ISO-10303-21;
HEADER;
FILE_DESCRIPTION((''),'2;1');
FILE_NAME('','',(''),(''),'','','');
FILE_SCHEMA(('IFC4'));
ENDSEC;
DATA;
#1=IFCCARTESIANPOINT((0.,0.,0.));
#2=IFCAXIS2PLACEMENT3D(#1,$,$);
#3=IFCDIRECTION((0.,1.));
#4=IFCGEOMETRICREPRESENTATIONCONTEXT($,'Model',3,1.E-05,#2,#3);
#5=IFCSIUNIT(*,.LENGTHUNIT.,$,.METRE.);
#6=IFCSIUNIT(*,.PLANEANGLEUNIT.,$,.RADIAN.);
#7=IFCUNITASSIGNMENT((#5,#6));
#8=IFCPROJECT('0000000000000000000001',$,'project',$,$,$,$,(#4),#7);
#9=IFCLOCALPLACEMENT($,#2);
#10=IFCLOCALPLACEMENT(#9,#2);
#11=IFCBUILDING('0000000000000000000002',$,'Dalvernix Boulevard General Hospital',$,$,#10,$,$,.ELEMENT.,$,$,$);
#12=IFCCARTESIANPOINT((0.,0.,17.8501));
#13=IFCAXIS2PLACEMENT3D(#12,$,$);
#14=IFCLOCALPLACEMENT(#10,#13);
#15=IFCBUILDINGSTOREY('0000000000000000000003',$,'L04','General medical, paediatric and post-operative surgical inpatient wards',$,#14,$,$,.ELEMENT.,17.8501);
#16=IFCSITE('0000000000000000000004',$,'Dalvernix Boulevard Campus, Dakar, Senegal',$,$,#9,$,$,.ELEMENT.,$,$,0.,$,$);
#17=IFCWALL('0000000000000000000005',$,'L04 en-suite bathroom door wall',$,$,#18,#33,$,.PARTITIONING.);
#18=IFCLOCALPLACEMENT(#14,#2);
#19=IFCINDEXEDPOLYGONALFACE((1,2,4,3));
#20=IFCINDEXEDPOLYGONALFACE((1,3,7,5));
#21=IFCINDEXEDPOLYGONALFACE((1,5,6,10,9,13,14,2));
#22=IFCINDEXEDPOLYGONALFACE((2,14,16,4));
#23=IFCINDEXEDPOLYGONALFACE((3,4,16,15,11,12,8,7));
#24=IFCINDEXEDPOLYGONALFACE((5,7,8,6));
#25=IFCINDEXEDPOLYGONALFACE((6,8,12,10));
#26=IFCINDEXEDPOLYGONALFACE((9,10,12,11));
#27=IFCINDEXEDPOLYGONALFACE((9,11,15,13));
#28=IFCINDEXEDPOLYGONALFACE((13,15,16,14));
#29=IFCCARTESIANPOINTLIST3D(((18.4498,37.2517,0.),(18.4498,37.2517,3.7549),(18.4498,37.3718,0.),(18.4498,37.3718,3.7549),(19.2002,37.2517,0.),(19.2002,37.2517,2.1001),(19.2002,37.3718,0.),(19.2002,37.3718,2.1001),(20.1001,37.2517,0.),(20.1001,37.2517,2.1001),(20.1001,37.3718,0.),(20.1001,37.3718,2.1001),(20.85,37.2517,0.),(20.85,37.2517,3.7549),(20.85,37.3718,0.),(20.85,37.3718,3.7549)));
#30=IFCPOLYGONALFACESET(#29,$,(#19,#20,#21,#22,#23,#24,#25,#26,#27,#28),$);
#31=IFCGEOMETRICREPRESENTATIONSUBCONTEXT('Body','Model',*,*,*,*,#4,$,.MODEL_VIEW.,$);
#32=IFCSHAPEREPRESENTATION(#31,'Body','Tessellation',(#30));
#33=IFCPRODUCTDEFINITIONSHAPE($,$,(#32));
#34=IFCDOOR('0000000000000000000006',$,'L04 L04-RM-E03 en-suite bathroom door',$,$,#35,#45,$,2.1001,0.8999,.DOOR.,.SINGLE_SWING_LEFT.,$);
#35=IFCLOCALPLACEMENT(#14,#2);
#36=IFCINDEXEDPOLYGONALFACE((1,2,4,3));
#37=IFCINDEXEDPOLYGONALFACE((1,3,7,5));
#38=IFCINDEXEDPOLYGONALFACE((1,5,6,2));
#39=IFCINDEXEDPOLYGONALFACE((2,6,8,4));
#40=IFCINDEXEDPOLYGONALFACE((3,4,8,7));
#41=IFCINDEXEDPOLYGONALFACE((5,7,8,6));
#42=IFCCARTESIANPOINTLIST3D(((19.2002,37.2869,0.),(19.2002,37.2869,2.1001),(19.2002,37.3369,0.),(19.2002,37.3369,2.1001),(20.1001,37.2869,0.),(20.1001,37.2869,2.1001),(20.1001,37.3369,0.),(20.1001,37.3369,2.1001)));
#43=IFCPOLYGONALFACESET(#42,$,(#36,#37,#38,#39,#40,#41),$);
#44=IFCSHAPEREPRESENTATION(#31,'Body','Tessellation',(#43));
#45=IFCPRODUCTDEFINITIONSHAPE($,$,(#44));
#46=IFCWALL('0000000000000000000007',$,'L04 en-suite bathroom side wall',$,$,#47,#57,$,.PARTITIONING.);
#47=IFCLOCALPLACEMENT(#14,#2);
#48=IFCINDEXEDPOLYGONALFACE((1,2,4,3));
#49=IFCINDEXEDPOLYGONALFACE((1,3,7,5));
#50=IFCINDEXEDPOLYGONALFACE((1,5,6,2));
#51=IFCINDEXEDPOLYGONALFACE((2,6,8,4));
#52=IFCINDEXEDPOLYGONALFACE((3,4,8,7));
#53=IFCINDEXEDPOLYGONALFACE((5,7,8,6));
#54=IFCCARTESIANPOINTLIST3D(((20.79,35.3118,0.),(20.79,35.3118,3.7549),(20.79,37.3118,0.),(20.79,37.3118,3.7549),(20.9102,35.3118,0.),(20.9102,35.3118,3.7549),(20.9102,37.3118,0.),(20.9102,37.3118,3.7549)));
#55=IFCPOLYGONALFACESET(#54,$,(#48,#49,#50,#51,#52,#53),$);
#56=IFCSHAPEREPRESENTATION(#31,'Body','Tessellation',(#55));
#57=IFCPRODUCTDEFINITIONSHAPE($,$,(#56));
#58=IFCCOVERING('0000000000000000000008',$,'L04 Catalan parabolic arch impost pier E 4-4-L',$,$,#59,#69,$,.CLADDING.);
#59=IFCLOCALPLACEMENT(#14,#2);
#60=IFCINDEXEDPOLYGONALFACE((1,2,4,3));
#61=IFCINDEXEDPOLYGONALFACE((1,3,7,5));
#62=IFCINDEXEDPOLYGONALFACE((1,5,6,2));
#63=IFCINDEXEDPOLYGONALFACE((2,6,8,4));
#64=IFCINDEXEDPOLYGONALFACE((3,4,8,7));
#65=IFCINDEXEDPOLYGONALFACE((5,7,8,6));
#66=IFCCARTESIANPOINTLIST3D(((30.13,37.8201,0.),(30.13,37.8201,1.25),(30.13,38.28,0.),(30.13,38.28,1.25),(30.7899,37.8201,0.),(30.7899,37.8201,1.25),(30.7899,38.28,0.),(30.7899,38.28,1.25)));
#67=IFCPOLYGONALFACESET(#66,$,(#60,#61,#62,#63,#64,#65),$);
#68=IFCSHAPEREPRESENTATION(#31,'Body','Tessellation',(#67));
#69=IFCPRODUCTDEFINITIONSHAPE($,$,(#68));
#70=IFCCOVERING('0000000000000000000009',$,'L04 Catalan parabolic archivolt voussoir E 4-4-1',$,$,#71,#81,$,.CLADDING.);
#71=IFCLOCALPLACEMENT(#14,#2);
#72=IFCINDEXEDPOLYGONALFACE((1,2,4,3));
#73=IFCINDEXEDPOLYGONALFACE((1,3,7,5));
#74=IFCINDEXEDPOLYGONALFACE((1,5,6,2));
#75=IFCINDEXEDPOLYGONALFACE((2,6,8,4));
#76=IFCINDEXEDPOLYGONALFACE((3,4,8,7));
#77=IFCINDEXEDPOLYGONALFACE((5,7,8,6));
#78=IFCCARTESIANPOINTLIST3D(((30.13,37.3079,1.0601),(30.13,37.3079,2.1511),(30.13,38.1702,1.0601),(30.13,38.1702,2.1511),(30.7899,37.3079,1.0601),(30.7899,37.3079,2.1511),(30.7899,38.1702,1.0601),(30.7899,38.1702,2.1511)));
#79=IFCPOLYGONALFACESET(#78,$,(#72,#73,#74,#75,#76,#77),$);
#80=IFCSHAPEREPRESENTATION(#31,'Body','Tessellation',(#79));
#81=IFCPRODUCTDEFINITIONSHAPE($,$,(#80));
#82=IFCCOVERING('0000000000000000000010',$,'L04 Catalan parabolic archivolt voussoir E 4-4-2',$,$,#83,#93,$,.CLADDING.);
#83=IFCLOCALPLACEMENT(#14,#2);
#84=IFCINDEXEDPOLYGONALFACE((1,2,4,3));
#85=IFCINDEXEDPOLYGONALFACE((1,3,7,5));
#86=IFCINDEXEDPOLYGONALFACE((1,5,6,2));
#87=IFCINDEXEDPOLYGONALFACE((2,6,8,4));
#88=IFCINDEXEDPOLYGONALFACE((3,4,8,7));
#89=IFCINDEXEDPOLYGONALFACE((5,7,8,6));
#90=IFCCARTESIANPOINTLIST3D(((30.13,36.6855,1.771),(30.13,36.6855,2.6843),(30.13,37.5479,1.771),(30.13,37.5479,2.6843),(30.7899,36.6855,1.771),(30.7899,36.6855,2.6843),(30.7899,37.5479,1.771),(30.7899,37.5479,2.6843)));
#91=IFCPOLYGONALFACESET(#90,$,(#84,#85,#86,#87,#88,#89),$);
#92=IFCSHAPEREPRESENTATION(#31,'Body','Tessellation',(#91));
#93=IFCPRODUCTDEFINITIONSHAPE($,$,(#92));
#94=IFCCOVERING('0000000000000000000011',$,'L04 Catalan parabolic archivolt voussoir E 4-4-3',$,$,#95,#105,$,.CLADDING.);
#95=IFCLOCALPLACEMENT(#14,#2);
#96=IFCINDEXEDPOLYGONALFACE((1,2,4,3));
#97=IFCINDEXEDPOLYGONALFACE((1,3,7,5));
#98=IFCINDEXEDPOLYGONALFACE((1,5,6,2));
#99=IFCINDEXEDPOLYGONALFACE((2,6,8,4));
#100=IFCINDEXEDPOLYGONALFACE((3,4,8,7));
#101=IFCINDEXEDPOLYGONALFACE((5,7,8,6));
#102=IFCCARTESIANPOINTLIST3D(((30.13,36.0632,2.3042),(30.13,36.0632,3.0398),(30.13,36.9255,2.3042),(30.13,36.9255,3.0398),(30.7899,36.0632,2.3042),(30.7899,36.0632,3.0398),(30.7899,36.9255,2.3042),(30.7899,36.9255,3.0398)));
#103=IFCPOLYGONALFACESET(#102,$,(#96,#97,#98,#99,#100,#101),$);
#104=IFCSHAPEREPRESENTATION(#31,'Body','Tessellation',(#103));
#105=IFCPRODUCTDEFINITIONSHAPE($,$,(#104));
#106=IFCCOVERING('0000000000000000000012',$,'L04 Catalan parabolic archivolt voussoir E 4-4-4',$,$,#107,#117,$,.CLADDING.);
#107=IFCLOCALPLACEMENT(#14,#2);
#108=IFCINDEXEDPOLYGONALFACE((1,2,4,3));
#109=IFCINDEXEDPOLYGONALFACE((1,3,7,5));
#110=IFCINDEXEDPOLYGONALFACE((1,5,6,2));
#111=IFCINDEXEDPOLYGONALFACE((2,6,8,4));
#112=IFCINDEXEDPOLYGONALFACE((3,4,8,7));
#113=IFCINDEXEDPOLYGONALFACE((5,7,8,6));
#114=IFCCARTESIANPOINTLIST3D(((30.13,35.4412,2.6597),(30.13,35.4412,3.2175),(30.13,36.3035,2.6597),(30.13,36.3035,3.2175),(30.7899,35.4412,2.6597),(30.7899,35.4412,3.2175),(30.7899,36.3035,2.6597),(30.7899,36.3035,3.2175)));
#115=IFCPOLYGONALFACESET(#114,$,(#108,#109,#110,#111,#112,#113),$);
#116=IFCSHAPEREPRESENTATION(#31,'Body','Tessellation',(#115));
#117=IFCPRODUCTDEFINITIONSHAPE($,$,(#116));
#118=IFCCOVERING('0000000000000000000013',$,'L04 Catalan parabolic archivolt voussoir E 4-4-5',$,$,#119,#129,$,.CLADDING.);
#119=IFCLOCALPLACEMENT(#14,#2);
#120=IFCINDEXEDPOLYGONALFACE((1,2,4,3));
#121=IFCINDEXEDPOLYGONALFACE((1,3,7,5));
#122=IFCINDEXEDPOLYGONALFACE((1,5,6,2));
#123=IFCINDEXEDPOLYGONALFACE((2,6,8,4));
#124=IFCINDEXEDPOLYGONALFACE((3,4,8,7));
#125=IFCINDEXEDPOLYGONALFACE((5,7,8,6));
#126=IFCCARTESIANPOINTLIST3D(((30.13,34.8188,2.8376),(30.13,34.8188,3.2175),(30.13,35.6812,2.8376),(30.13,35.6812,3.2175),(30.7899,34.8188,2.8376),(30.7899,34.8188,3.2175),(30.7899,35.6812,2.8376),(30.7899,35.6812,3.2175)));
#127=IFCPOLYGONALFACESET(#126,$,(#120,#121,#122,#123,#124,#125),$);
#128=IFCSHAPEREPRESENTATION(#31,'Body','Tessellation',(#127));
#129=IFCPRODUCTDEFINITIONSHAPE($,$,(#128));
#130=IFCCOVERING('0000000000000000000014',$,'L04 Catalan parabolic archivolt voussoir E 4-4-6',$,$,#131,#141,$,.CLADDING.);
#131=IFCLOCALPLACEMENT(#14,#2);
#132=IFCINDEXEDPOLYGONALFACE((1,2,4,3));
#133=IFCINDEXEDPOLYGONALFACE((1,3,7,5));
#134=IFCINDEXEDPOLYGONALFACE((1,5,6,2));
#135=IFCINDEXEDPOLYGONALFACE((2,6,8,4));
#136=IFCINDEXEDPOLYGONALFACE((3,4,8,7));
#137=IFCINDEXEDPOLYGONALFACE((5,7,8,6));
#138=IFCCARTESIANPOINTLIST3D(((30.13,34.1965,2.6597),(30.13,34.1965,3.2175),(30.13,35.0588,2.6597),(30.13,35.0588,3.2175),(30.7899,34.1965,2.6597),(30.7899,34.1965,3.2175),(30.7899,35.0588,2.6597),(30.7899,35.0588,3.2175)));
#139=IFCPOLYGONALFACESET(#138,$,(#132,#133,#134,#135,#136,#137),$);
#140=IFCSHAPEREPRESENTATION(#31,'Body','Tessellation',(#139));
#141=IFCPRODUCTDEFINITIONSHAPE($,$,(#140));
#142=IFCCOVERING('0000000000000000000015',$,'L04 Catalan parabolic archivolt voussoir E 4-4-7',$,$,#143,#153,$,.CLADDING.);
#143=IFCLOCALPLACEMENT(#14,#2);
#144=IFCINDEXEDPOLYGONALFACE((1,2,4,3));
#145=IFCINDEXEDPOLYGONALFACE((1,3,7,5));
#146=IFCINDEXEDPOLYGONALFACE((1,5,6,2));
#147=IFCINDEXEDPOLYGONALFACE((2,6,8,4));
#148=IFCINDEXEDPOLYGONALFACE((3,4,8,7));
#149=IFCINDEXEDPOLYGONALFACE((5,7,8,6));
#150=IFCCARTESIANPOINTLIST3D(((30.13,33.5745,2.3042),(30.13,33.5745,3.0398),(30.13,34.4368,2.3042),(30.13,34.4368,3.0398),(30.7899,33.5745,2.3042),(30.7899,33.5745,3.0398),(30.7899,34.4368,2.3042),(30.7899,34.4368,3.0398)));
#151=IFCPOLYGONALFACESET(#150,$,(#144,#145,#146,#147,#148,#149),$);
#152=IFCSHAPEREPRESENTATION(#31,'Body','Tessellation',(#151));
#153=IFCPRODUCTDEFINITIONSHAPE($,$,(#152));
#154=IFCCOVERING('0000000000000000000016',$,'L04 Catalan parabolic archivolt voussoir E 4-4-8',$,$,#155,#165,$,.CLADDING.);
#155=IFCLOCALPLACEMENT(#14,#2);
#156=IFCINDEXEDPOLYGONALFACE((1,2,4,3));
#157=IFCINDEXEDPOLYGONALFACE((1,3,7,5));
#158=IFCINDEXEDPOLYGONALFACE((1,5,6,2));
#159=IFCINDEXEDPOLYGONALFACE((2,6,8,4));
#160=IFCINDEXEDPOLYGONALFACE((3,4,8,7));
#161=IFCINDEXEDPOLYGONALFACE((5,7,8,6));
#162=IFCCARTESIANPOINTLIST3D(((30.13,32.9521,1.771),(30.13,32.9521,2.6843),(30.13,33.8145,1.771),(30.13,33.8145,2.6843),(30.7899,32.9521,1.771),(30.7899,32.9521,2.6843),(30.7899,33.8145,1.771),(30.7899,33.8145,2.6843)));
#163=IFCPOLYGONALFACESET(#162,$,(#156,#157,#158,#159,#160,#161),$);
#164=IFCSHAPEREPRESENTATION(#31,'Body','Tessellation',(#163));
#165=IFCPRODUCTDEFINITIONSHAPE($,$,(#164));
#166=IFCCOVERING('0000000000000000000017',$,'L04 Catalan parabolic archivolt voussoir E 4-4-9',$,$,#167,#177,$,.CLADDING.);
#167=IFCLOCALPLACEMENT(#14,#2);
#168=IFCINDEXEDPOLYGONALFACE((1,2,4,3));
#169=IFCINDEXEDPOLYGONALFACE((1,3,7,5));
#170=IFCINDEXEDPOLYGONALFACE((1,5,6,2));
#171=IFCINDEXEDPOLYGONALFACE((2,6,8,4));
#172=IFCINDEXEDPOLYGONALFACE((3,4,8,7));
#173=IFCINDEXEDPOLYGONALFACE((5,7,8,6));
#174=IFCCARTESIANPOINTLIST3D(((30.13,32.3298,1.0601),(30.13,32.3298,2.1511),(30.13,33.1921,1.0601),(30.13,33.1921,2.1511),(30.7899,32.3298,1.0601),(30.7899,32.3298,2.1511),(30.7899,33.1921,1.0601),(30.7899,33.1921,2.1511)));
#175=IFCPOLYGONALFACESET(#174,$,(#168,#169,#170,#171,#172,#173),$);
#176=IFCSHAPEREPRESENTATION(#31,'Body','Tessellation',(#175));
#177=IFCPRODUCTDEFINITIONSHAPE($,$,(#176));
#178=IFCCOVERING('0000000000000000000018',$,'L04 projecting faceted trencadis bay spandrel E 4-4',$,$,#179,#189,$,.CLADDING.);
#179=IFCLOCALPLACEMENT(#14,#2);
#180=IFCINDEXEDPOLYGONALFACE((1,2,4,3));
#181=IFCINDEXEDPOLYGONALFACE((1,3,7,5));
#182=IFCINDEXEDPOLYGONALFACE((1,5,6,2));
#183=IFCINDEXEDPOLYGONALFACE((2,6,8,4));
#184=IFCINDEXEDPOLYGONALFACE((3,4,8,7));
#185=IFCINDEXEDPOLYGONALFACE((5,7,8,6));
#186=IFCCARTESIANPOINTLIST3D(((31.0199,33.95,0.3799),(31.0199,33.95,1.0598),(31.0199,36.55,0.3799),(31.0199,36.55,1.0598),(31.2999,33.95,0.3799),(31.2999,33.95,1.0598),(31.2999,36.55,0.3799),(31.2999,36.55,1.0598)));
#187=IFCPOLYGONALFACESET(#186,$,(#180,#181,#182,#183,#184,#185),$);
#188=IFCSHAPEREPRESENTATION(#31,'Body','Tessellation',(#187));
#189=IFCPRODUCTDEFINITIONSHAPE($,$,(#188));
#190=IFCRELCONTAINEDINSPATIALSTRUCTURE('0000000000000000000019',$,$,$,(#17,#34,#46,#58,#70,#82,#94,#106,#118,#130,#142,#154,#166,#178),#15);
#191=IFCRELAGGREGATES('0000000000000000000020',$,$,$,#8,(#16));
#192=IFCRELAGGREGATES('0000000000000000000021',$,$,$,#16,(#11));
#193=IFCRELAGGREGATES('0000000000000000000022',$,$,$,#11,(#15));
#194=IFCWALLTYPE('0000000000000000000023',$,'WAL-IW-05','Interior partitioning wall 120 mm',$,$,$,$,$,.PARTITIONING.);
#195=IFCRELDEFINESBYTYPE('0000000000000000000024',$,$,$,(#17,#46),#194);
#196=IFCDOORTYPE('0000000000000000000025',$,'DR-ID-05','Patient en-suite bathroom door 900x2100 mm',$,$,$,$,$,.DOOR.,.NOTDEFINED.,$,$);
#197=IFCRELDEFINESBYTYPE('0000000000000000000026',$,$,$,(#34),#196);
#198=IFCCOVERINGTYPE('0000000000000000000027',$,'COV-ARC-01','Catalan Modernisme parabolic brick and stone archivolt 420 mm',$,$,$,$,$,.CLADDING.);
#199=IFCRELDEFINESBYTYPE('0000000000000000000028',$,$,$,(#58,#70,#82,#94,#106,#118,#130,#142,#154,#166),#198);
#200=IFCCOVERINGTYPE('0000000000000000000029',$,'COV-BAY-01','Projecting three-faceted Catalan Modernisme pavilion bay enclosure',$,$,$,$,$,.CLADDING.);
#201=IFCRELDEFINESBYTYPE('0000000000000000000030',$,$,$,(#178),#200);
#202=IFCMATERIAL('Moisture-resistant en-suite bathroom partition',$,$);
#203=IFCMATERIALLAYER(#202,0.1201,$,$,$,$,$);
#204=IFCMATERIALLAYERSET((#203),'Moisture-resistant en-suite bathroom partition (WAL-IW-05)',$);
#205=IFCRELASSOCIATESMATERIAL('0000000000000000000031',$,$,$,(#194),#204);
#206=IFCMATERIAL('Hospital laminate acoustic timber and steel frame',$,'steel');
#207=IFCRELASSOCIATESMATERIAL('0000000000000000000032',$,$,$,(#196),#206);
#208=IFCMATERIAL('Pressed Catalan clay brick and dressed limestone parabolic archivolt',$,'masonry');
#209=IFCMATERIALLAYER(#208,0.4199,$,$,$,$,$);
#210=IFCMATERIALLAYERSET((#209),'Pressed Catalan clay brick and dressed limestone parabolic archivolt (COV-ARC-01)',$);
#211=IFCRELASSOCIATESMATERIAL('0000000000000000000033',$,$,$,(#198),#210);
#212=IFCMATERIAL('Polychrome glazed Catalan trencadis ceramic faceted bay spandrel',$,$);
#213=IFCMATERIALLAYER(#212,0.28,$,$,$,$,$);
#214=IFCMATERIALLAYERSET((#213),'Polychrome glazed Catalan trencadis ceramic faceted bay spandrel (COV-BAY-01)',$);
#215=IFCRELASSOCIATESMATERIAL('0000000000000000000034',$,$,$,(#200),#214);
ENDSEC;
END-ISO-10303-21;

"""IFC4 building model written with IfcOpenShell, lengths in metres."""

from ifc_helpers import new_model, si_unit, direction, frame, frame_2d, origin, origin_2d, place, context, subcontext, project, spatial, rectangle, extrude, material, layer, layer_set, type_object, element, fill, save


model = new_model("IFC4")

# Units and contexts
model_context = context("Model", 3, precision=1e-05, world=origin(), true_north=direction((0.0, 1.0)))
body_context = subcontext(model_context, "Body", "Model", "MODEL_VIEW")
ifc_project = project(units=[si_unit("LENGTHUNIT", "METRE"), si_unit("PLANEANGLEUNIT", "RADIAN")], contexts=[model_context])

# Site, building, storey
site_placement = place(None, origin())
site = spatial("IfcSite", under=ifc_project, at=site_placement, Name="Dalvernix Boulevard Campus, Dakar, Senegal", CompositionType="ELEMENT", RefElevation=0.0)
building_placement = place(site_placement, origin())
building = spatial("IfcBuilding", under=site, at=building_placement, Name="Dalvernix Boulevard General Hospital", CompositionType="ELEMENT")
storey_placement = place(building_placement, frame((0.0, 0.0, 17.8501)))
storey = spatial("IfcBuildingStorey", under=building, at=storey_placement, Name="L04", Description="General medical, paediatric and post-operative surgical inpatient wards", CompositionType="ELEMENT", Elevation=17.8501)

# Shared definitions
ifc_material_1 = material(Name="Hospital laminate acoustic timber and steel frame", Category="steel")

# Wall, opening, door
ifc_material_2 = material(Name="Moisture-resistant en-suite bathroom partition")
ifc_layer_1 = layer(ifc_material_2, 0.1201)
ifc_layer_set_1 = layer_set([ifc_layer_1], Name="Moisture-resistant en-suite bathroom partition (WAL-IW-05)")
wall_type_1 = type_object("IfcWallType", Name="WAL-IW-05", Description="Interior partitioning wall 120 mm", PredefinedType="PARTITIONING", material=ifc_layer_set_1)
wall_1_placement = place(storey_placement, frame((20.8501, 37.3118, 0.0), z_axis=(0.0, 0.0, 1.0), x_axis=(-1.0, 0.0, 0.0)))
wall_1 = element("IfcWall", 1, at=wall_1_placement, inside=storey, type_object=wall_type_1, Name="L04 en-suite bathroom door wall", PredefinedType="PARTITIONING", context=body_context, shape_type="SweptSolid", body=[
    extrude(rectangle(XDim=2.4001, YDim=0.1201, at=frame_2d((1.2002, 0.0))), origin(), (0.0, 0.0, 1.0), 3.7549),
])
opening_1_placement = place(wall_1_placement, frame((0.75, 0.0, 0.0)))
opening_1 = element("IfcOpeningElement", 2, at=opening_1_placement, cuts=wall_1, PredefinedType="OPENING", context=body_context, shape_type="SweptSolid", body=[
    extrude(rectangle(XDim=0.8999, YDim=2.1001, at=frame_2d((0.45, 1.05))), frame((0.0, 0.0701, 0.0), z_axis=(0.0, -1.0, 0.0), x_axis=(1.0, 0.0, 0.0)), (0.0, 0.0, 1.0), 0.1401),
])
door_type_1 = type_object("IfcDoorType", Name="DR-ID-05", Description="Patient en-suite bathroom door 900x2100 mm", OperationType="NOTDEFINED", PredefinedType="DOOR", material=ifc_material_1)
door_1_placement = place(opening_1_placement, origin())
door_1 = element("IfcDoor", 3, at=door_1_placement, inside=storey, type_object=door_type_1, Name="L04 L04-RM-E03 en-suite bathroom door", OperationType="SINGLE_SWING_LEFT", OverallHeight=2.1001, OverallWidth=0.8999, PredefinedType="DOOR", context=body_context, shape_type="SweptSolid", body=[
    extrude(rectangle(XDim=0.8999, YDim=2.1001, at=frame_2d((0.45, 1.05))), frame((0.0, 0.0249, 0.0), z_axis=(0.0, -1.0, 0.0), x_axis=(1.0, 0.0, 0.0)), (0.0, 0.0, 1.0), 0.05),
])
fill(opening_1, door_1)

# Wall
wall_2_placement = place(storey_placement, frame((20.8501, 35.3118, 0.0), z_axis=(0.0, 0.0, 1.0), x_axis=(0.0, 1.0, 0.0)))
element("IfcWall", 4, at=wall_2_placement, inside=storey, type_object=wall_type_1, Name="L04 en-suite bathroom side wall", PredefinedType="PARTITIONING", context=body_context, shape_type="SweptSolid", body=[
    extrude(rectangle(XDim=2.0, YDim=0.1201, at=frame_2d((1.0, 0.0))), origin(), (0.0, 0.0, 1.0), 3.7549),
])

# Coverings
ifc_material_3 = material(Name="Pressed Catalan clay brick and dressed limestone parabolic archivolt", Category="masonry")
ifc_layer_2 = layer(ifc_material_3, 0.4199)
ifc_layer_set_2 = layer_set([ifc_layer_2], Name="Pressed Catalan clay brick and dressed limestone parabolic archivolt (COV-ARC-01)")
covering_type_1 = type_object("IfcCoveringType", Name="COV-ARC-01", Description="Catalan Modernisme parabolic brick and stone archivolt 420 mm", PredefinedType="CLADDING", material=ifc_layer_set_2)
covering_1_placement = place(storey_placement, frame((30.46, 38.05, 0.0), z_axis=(0.0, 0.0, 1.0), x_axis=(0.0, -1.0, 0.0)))
element("IfcCovering", 5, at=covering_1_placement, inside=storey, type_object=covering_type_1, Name="L04 Catalan parabolic arch impost pier E 4-4-L", PredefinedType="CLADDING", context=body_context, shape_type="SweptSolid", body=[
    extrude(rectangle(XDim=0.46, YDim=0.6599, at=origin_2d()), origin(), (0.0, 0.0, 1.0), 1.25),
])
covering_2_placement = place(storey_placement, frame((30.46, 37.739, 1.0601), z_axis=(0.0, 0.0, 1.0), x_axis=(0.0, -1.0, 0.0)))
element("IfcCovering", 6, at=covering_2_placement, inside=storey, type_object=covering_type_1, Name="L04 Catalan parabolic archivolt voussoir E 4-4-1", PredefinedType="CLADDING", context=body_context, shape_type="SweptSolid", body=[
    extrude(rectangle(XDim=0.8623, YDim=0.6599, at=origin_2d()), origin(), (0.0, 0.0, 1.0), 1.0911),
])
covering_3_placement = place(storey_placement, frame((30.46, 37.1167, 1.771), z_axis=(0.0, 0.0, 1.0), x_axis=(0.0, -1.0, 0.0)))
element("IfcCovering", 7, at=covering_3_placement, inside=storey, type_object=covering_type_1, Name="L04 Catalan parabolic archivolt voussoir E 4-4-2", PredefinedType="CLADDING", context=body_context, shape_type="SweptSolid", body=[
    extrude(rectangle(XDim=0.8623, YDim=0.6599, at=origin_2d()), origin(), (0.0, 0.0, 1.0), 0.9133),
])
covering_4_placement = place(storey_placement, frame((30.46, 36.4944, 2.3042), z_axis=(0.0, 0.0, 1.0), x_axis=(0.0, -1.0, 0.0)))
element("IfcCovering", 8, at=covering_4_placement, inside=storey, type_object=covering_type_1, Name="L04 Catalan parabolic archivolt voussoir E 4-4-3", PredefinedType="CLADDING", context=body_context, shape_type="SweptSolid", body=[
    extrude(rectangle(XDim=0.8623, YDim=0.6599, at=origin_2d()), origin(), (0.0, 0.0, 1.0), 0.7356),
])
covering_5_placement = place(storey_placement, frame((30.46, 35.8723, 2.6597), z_axis=(0.0, 0.0, 1.0), x_axis=(0.0, -1.0, 0.0)))
element("IfcCovering", 9, at=covering_5_placement, inside=storey, type_object=covering_type_1, Name="L04 Catalan parabolic archivolt voussoir E 4-4-4", PredefinedType="CLADDING", context=body_context, shape_type="SweptSolid", body=[
    extrude(rectangle(XDim=0.8623, YDim=0.6599, at=origin_2d()), origin(), (0.0, 0.0, 1.0), 0.5579),
])
covering_6_placement = place(storey_placement, frame((30.46, 35.25, 2.8376), z_axis=(0.0, 0.0, 1.0), x_axis=(0.0, -1.0, 0.0)))
element("IfcCovering", 10, at=covering_6_placement, inside=storey, type_object=covering_type_1, Name="L04 Catalan parabolic archivolt voussoir E 4-4-5", PredefinedType="CLADDING", context=body_context, shape_type="SweptSolid", body=[
    extrude(rectangle(XDim=0.8623, YDim=0.6599, at=origin_2d()), origin(), (0.0, 0.0, 1.0), 0.3799),
])
covering_7_placement = place(storey_placement, frame((30.46, 34.6277, 2.6597), z_axis=(0.0, 0.0, 1.0), x_axis=(0.0, -1.0, 0.0)))
element("IfcCovering", 11, at=covering_7_placement, inside=storey, type_object=covering_type_1, Name="L04 Catalan parabolic archivolt voussoir E 4-4-6", PredefinedType="CLADDING", context=body_context, shape_type="SweptSolid", body=[
    extrude(rectangle(XDim=0.8623, YDim=0.6599, at=origin_2d()), origin(), (0.0, 0.0, 1.0), 0.5579),
])
covering_8_placement = place(storey_placement, frame((30.46, 34.0056, 2.3042), z_axis=(0.0, 0.0, 1.0), x_axis=(0.0, -1.0, 0.0)))
element("IfcCovering", 12, at=covering_8_placement, inside=storey, type_object=covering_type_1, Name="L04 Catalan parabolic archivolt voussoir E 4-4-7", PredefinedType="CLADDING", context=body_context, shape_type="SweptSolid", body=[
    extrude(rectangle(XDim=0.8623, YDim=0.6599, at=origin_2d()), origin(), (0.0, 0.0, 1.0), 0.7356),
])
covering_9_placement = place(storey_placement, frame((30.46, 33.3833, 1.771), z_axis=(0.0, 0.0, 1.0), x_axis=(0.0, -1.0, 0.0)))
element("IfcCovering", 13, at=covering_9_placement, inside=storey, type_object=covering_type_1, Name="L04 Catalan parabolic archivolt voussoir E 4-4-8", PredefinedType="CLADDING", context=body_context, shape_type="SweptSolid", body=[
    extrude(rectangle(XDim=0.8623, YDim=0.6599, at=origin_2d()), origin(), (0.0, 0.0, 1.0), 0.9133),
])
covering_10_placement = place(storey_placement, frame((30.46, 32.761, 1.0601), z_axis=(0.0, 0.0, 1.0), x_axis=(0.0, -1.0, 0.0)))
element("IfcCovering", 14, at=covering_10_placement, inside=storey, type_object=covering_type_1, Name="L04 Catalan parabolic archivolt voussoir E 4-4-9", PredefinedType="CLADDING", context=body_context, shape_type="SweptSolid", body=[
    extrude(rectangle(XDim=0.8623, YDim=0.6599, at=origin_2d()), origin(), (0.0, 0.0, 1.0), 1.0911),
])
ifc_material_4 = material(Name="Polychrome glazed Catalan trencadis ceramic faceted bay spandrel")
ifc_layer_3 = layer(ifc_material_4, 0.28)
ifc_layer_set_3 = layer_set([ifc_layer_3], Name="Polychrome glazed Catalan trencadis ceramic faceted bay spandrel (COV-BAY-01)")
covering_type_2 = type_object("IfcCoveringType", Name="COV-BAY-01", Description="Projecting three-faceted Catalan Modernisme pavilion bay enclosure", PredefinedType="CLADDING", material=ifc_layer_set_3)
covering_11_placement = place(storey_placement, frame((31.1599, 35.25, 0.3799), z_axis=(0.0, 0.0, 1.0), x_axis=(0.0, -1.0, 0.0)))
element("IfcCovering", 15, at=covering_11_placement, inside=storey, type_object=covering_type_2, Name="L04 projecting faceted trencadis bay spandrel E 4-4", PredefinedType="CLADDING", context=body_context, shape_type="SweptSolid", body=[
    extrude(rectangle(XDim=2.6001, YDim=0.28, at=origin_2d()), origin(), (0.0, 0.0, 1.0), 0.6799),
])

save(model, "model.ifc")
